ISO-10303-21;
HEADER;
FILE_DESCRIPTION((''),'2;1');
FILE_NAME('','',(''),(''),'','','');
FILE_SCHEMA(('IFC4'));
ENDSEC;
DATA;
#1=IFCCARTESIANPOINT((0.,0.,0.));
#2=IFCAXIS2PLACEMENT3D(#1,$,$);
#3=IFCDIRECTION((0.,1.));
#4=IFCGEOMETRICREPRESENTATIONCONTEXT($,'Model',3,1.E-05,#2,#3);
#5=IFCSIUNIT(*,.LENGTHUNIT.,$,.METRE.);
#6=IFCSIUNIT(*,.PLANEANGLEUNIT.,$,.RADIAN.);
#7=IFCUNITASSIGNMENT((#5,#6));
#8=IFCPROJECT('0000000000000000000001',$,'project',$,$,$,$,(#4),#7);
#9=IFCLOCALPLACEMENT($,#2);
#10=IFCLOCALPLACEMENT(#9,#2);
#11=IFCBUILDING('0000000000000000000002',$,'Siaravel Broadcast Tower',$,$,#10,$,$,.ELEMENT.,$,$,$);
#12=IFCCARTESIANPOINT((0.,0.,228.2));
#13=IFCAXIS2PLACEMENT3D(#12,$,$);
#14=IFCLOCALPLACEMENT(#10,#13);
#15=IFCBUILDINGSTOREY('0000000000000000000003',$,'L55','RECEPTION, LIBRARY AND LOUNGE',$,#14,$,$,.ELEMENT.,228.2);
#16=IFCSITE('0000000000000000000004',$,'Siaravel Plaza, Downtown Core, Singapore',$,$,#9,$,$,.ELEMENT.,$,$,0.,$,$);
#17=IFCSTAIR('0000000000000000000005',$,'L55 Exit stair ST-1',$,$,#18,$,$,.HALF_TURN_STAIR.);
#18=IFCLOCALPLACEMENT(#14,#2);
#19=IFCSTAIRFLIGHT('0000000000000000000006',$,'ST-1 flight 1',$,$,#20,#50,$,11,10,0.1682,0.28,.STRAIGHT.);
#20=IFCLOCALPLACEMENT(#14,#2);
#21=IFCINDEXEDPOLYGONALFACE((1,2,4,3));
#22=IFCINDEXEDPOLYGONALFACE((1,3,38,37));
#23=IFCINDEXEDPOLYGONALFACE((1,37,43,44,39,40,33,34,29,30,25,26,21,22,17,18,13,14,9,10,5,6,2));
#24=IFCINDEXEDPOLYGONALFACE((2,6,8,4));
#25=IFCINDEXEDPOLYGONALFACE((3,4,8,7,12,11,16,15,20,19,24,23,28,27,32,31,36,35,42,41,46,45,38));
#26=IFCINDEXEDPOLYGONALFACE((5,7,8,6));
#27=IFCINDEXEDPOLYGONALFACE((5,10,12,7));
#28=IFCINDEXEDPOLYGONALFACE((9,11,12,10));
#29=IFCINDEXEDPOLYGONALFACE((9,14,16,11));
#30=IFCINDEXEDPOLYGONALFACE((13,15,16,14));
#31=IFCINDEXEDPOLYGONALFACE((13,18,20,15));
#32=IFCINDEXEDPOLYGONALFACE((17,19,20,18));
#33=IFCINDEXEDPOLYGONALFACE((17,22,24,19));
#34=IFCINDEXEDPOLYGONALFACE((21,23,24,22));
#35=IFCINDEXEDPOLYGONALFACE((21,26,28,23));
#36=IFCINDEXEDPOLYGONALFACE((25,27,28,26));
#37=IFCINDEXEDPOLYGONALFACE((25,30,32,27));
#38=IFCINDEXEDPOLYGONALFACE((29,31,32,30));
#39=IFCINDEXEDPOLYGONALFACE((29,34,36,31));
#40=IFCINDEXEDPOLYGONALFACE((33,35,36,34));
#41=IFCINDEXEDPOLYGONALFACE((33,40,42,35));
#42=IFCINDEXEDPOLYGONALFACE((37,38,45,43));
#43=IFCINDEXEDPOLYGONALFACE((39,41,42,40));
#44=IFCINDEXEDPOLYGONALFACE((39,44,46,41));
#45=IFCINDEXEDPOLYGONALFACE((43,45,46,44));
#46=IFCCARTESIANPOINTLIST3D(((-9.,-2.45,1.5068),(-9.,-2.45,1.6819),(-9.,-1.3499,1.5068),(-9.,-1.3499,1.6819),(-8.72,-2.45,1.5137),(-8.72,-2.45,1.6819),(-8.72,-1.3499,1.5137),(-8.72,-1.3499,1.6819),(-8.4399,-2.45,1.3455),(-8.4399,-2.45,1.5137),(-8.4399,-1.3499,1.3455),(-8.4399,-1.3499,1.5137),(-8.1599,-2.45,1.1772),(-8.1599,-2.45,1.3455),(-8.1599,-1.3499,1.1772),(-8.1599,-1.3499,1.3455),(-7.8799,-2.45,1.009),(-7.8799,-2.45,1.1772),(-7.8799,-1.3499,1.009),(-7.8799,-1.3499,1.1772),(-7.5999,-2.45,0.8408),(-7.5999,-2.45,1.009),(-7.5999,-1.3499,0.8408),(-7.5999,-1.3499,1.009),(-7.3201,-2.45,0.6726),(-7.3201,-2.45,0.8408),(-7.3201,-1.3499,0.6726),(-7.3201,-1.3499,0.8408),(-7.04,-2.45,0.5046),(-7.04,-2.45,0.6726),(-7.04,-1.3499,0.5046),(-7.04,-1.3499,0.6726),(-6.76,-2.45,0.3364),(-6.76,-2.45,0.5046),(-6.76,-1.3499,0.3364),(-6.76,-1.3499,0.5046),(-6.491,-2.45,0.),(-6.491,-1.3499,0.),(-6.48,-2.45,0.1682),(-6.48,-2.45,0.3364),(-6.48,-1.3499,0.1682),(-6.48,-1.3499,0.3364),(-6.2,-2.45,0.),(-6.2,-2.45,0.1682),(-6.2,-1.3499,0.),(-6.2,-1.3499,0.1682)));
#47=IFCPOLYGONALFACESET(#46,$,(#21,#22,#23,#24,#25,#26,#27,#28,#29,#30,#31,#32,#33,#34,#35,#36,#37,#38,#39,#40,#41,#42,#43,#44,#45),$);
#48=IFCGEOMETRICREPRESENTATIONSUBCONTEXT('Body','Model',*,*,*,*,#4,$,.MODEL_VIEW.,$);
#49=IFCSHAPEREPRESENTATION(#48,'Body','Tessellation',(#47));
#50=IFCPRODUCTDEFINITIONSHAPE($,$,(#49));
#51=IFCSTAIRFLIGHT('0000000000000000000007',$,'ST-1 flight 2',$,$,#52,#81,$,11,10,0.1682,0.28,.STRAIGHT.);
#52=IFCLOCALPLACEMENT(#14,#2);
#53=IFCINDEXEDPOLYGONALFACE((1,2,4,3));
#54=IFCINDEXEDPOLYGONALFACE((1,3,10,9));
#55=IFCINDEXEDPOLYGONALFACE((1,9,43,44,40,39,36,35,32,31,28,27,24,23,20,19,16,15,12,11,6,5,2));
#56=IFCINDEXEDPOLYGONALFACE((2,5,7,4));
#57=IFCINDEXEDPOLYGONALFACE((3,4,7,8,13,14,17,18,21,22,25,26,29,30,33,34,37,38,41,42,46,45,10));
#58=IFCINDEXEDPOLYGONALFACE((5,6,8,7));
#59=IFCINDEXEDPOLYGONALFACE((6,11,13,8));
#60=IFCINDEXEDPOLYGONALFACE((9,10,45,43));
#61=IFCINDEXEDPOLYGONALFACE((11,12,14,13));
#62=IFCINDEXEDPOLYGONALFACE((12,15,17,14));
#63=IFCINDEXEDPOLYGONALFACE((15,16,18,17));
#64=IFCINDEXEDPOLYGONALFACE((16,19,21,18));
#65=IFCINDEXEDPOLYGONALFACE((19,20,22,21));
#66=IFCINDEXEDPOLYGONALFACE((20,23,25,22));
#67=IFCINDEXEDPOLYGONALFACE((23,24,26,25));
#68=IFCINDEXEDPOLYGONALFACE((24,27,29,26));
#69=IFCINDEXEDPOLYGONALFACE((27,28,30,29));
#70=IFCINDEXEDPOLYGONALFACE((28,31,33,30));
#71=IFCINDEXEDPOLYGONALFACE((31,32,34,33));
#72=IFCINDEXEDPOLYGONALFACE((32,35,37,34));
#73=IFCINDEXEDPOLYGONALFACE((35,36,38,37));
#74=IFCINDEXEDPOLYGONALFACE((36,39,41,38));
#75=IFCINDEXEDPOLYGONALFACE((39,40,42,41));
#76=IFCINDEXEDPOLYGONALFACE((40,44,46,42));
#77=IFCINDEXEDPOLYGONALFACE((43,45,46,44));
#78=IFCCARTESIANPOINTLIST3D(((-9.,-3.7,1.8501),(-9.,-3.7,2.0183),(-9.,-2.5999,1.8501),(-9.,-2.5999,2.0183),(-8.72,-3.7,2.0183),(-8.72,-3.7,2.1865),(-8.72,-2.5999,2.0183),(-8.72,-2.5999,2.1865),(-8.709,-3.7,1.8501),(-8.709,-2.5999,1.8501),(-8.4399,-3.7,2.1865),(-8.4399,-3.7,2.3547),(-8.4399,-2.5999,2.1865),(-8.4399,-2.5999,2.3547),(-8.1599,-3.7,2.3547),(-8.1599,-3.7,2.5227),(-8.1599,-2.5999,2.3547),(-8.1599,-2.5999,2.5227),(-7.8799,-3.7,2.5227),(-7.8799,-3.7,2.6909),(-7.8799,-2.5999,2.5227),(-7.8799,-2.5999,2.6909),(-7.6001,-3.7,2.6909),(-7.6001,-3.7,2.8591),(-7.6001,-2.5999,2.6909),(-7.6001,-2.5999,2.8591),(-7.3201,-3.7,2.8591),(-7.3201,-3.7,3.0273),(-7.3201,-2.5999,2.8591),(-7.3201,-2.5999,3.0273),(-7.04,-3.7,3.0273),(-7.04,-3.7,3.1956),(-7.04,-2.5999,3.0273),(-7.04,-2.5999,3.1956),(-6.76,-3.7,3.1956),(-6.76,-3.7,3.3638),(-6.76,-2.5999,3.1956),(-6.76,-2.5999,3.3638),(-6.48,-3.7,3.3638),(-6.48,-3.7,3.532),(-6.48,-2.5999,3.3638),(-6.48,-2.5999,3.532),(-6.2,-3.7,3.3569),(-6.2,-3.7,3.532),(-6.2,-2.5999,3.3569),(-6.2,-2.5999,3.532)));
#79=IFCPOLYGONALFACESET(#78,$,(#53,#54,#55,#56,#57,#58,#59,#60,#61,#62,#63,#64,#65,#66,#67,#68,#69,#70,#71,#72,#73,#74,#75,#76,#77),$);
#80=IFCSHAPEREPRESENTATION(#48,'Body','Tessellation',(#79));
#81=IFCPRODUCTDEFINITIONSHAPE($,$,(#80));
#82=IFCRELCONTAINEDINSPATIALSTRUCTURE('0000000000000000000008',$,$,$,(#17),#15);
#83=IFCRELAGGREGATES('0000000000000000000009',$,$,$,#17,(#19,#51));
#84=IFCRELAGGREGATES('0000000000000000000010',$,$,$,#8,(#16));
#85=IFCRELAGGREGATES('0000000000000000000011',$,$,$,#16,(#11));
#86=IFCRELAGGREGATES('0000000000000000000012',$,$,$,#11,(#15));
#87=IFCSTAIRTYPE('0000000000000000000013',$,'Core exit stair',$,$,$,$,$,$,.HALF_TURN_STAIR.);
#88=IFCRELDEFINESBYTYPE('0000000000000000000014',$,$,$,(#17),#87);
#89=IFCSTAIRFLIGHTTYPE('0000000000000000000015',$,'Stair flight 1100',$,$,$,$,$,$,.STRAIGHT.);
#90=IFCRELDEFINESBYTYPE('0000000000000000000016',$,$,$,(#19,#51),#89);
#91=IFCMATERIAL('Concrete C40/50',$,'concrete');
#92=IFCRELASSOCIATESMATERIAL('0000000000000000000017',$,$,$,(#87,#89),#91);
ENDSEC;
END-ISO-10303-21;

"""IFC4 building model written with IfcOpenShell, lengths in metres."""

from ifc_helpers import new_model, si_unit, direction, frame, origin, place, context, subcontext, project, spatial, polyline, outline, extrude, material, type_object, element, aggregate, save


model = new_model("IFC4")

# Units and contexts
model_context = context("Model", 3, precision=1e-05, world=origin(), true_north=direction((0.0, 1.0)))
body_context = subcontext(model_context, "Body", "Model", "MODEL_VIEW")
ifc_project = project(units=[si_unit("LENGTHUNIT", "METRE"), si_unit("PLANEANGLEUNIT", "RADIAN")], contexts=[model_context])

# Site, building, storey
site_placement = place(None, origin())
site = spatial("IfcSite", under=ifc_project, at=site_placement, Name="Siaravel Plaza, Downtown Core, Singapore", CompositionType="ELEMENT", RefElevation=0.0)
building_placement = place(site_placement, origin())
building = spatial("IfcBuilding", under=site, at=building_placement, Name="Siaravel Broadcast Tower", CompositionType="ELEMENT")
storey_placement = place(building_placement, frame((0.0, 0.0, 228.2)))
storey = spatial("IfcBuildingStorey", under=building, at=storey_placement, Name="L55", Description="RECEPTION, LIBRARY AND LOUNGE", CompositionType="ELEMENT", Elevation=228.2)

# Stair, stair flights
ifc_material_1 = material(Name="Concrete C40/50", Category="concrete")
stair_type = type_object("IfcStairType", Name="Core exit stair", PredefinedType="HALF_TURN_STAIR", material=ifc_material_1)
stair_placement = place(storey_placement, origin())
stair = element("IfcStair", 1, at=stair_placement, inside=storey, type_object=stair_type, Name="L55 Exit stair ST-1", PredefinedType="HALF_TURN_STAIR")
stair_flight_type = type_object("IfcStairFlightType", Name="Stair flight 1100", PredefinedType="STRAIGHT", material=ifc_material_1)
stair_flight_1_placement = place(storey_placement, frame((-6.2, -1.8999, 0.0), z_axis=(0.0, 0.0, 1.0), x_axis=(-1.0, 0.0, 0.0)))
stair_flight_1 = element("IfcStairFlight", 2, at=stair_flight_1_placement, type_object=stair_flight_type, Name="ST-1 flight 1", NumberOfRisers=11, NumberOfTreads=10, PredefinedType="STRAIGHT", RiserHeight=0.1682, TreadLength=0.28, context=body_context, shape_type="SweptSolid", body=[
    extrude(outline(polyline([(0.0, 0.0), (0.0, 0.1682), (0.28, 0.1682), (0.28, 0.3364), (0.5601, 0.3364), (0.5601, 0.5046), (0.8401, 0.5046), (0.8401, 0.6726), (1.1201, 0.6726), (1.1201, 0.8408), (1.3999, 0.8408), (1.3999, 1.009), (1.6799, 1.009), (1.6799, 1.1772), (1.96, 1.1772), (1.96, 1.3455), (2.24, 1.3455), (2.24, 1.5137), (2.52, 1.5137), (2.52, 1.6819), (2.8, 1.6819), (2.8, 1.8501), (2.8, 1.5068), (0.291, 0.0), (0.0, 0.0)])), frame((0.0, 0.55, 0.0), z_axis=(0.0, -1.0, 0.0), x_axis=(1.0, 0.0, 0.0)), (0.0, 0.0, 1.0), 1.1001),
])
stair_flight_2_placement = place(storey_placement, frame((-9.0, -3.1499, 1.8501), z_axis=(0.0, 0.0, 1.0), x_axis=(1.0, 0.0, 0.0)))
stair_flight_2 = element("IfcStairFlight", 3, at=stair_flight_2_placement, type_object=stair_flight_type, Name="ST-1 flight 2", NumberOfRisers=11, NumberOfTreads=10, PredefinedType="STRAIGHT", RiserHeight=0.1682, TreadLength=0.28, context=body_context, shape_type="SweptSolid", body=[
    extrude(outline(polyline([(0.0, 0.0), (0.0, 0.1682), (0.28, 0.1682), (0.28, 0.3364), (0.5601, 0.3364), (0.5601, 0.5046), (0.8401, 0.5046), (0.8401, 0.6726), (1.1201, 0.6726), (1.1201, 0.8408), (1.3999, 0.8408), (1.3999, 1.009), (1.6799, 1.009), (1.6799, 1.1772), (1.96, 1.1772), (1.96, 1.3455), (2.24, 1.3455), (2.24, 1.5137), (2.52, 1.5137), (2.52, 1.6819), (2.8, 1.6819), (2.8, 1.8501), (2.8, 1.5068), (0.291, 0.0), (0.0, 0.0)])), frame((0.0, 0.55, 0.0), z_axis=(0.0, -1.0, 0.0), x_axis=(1.0, 0.0, 0.0)), (0.0, 0.0, 1.0), 1.1001),
])
aggregate(stair, [stair_flight_1, stair_flight_2])

save(model, "model.ifc")
